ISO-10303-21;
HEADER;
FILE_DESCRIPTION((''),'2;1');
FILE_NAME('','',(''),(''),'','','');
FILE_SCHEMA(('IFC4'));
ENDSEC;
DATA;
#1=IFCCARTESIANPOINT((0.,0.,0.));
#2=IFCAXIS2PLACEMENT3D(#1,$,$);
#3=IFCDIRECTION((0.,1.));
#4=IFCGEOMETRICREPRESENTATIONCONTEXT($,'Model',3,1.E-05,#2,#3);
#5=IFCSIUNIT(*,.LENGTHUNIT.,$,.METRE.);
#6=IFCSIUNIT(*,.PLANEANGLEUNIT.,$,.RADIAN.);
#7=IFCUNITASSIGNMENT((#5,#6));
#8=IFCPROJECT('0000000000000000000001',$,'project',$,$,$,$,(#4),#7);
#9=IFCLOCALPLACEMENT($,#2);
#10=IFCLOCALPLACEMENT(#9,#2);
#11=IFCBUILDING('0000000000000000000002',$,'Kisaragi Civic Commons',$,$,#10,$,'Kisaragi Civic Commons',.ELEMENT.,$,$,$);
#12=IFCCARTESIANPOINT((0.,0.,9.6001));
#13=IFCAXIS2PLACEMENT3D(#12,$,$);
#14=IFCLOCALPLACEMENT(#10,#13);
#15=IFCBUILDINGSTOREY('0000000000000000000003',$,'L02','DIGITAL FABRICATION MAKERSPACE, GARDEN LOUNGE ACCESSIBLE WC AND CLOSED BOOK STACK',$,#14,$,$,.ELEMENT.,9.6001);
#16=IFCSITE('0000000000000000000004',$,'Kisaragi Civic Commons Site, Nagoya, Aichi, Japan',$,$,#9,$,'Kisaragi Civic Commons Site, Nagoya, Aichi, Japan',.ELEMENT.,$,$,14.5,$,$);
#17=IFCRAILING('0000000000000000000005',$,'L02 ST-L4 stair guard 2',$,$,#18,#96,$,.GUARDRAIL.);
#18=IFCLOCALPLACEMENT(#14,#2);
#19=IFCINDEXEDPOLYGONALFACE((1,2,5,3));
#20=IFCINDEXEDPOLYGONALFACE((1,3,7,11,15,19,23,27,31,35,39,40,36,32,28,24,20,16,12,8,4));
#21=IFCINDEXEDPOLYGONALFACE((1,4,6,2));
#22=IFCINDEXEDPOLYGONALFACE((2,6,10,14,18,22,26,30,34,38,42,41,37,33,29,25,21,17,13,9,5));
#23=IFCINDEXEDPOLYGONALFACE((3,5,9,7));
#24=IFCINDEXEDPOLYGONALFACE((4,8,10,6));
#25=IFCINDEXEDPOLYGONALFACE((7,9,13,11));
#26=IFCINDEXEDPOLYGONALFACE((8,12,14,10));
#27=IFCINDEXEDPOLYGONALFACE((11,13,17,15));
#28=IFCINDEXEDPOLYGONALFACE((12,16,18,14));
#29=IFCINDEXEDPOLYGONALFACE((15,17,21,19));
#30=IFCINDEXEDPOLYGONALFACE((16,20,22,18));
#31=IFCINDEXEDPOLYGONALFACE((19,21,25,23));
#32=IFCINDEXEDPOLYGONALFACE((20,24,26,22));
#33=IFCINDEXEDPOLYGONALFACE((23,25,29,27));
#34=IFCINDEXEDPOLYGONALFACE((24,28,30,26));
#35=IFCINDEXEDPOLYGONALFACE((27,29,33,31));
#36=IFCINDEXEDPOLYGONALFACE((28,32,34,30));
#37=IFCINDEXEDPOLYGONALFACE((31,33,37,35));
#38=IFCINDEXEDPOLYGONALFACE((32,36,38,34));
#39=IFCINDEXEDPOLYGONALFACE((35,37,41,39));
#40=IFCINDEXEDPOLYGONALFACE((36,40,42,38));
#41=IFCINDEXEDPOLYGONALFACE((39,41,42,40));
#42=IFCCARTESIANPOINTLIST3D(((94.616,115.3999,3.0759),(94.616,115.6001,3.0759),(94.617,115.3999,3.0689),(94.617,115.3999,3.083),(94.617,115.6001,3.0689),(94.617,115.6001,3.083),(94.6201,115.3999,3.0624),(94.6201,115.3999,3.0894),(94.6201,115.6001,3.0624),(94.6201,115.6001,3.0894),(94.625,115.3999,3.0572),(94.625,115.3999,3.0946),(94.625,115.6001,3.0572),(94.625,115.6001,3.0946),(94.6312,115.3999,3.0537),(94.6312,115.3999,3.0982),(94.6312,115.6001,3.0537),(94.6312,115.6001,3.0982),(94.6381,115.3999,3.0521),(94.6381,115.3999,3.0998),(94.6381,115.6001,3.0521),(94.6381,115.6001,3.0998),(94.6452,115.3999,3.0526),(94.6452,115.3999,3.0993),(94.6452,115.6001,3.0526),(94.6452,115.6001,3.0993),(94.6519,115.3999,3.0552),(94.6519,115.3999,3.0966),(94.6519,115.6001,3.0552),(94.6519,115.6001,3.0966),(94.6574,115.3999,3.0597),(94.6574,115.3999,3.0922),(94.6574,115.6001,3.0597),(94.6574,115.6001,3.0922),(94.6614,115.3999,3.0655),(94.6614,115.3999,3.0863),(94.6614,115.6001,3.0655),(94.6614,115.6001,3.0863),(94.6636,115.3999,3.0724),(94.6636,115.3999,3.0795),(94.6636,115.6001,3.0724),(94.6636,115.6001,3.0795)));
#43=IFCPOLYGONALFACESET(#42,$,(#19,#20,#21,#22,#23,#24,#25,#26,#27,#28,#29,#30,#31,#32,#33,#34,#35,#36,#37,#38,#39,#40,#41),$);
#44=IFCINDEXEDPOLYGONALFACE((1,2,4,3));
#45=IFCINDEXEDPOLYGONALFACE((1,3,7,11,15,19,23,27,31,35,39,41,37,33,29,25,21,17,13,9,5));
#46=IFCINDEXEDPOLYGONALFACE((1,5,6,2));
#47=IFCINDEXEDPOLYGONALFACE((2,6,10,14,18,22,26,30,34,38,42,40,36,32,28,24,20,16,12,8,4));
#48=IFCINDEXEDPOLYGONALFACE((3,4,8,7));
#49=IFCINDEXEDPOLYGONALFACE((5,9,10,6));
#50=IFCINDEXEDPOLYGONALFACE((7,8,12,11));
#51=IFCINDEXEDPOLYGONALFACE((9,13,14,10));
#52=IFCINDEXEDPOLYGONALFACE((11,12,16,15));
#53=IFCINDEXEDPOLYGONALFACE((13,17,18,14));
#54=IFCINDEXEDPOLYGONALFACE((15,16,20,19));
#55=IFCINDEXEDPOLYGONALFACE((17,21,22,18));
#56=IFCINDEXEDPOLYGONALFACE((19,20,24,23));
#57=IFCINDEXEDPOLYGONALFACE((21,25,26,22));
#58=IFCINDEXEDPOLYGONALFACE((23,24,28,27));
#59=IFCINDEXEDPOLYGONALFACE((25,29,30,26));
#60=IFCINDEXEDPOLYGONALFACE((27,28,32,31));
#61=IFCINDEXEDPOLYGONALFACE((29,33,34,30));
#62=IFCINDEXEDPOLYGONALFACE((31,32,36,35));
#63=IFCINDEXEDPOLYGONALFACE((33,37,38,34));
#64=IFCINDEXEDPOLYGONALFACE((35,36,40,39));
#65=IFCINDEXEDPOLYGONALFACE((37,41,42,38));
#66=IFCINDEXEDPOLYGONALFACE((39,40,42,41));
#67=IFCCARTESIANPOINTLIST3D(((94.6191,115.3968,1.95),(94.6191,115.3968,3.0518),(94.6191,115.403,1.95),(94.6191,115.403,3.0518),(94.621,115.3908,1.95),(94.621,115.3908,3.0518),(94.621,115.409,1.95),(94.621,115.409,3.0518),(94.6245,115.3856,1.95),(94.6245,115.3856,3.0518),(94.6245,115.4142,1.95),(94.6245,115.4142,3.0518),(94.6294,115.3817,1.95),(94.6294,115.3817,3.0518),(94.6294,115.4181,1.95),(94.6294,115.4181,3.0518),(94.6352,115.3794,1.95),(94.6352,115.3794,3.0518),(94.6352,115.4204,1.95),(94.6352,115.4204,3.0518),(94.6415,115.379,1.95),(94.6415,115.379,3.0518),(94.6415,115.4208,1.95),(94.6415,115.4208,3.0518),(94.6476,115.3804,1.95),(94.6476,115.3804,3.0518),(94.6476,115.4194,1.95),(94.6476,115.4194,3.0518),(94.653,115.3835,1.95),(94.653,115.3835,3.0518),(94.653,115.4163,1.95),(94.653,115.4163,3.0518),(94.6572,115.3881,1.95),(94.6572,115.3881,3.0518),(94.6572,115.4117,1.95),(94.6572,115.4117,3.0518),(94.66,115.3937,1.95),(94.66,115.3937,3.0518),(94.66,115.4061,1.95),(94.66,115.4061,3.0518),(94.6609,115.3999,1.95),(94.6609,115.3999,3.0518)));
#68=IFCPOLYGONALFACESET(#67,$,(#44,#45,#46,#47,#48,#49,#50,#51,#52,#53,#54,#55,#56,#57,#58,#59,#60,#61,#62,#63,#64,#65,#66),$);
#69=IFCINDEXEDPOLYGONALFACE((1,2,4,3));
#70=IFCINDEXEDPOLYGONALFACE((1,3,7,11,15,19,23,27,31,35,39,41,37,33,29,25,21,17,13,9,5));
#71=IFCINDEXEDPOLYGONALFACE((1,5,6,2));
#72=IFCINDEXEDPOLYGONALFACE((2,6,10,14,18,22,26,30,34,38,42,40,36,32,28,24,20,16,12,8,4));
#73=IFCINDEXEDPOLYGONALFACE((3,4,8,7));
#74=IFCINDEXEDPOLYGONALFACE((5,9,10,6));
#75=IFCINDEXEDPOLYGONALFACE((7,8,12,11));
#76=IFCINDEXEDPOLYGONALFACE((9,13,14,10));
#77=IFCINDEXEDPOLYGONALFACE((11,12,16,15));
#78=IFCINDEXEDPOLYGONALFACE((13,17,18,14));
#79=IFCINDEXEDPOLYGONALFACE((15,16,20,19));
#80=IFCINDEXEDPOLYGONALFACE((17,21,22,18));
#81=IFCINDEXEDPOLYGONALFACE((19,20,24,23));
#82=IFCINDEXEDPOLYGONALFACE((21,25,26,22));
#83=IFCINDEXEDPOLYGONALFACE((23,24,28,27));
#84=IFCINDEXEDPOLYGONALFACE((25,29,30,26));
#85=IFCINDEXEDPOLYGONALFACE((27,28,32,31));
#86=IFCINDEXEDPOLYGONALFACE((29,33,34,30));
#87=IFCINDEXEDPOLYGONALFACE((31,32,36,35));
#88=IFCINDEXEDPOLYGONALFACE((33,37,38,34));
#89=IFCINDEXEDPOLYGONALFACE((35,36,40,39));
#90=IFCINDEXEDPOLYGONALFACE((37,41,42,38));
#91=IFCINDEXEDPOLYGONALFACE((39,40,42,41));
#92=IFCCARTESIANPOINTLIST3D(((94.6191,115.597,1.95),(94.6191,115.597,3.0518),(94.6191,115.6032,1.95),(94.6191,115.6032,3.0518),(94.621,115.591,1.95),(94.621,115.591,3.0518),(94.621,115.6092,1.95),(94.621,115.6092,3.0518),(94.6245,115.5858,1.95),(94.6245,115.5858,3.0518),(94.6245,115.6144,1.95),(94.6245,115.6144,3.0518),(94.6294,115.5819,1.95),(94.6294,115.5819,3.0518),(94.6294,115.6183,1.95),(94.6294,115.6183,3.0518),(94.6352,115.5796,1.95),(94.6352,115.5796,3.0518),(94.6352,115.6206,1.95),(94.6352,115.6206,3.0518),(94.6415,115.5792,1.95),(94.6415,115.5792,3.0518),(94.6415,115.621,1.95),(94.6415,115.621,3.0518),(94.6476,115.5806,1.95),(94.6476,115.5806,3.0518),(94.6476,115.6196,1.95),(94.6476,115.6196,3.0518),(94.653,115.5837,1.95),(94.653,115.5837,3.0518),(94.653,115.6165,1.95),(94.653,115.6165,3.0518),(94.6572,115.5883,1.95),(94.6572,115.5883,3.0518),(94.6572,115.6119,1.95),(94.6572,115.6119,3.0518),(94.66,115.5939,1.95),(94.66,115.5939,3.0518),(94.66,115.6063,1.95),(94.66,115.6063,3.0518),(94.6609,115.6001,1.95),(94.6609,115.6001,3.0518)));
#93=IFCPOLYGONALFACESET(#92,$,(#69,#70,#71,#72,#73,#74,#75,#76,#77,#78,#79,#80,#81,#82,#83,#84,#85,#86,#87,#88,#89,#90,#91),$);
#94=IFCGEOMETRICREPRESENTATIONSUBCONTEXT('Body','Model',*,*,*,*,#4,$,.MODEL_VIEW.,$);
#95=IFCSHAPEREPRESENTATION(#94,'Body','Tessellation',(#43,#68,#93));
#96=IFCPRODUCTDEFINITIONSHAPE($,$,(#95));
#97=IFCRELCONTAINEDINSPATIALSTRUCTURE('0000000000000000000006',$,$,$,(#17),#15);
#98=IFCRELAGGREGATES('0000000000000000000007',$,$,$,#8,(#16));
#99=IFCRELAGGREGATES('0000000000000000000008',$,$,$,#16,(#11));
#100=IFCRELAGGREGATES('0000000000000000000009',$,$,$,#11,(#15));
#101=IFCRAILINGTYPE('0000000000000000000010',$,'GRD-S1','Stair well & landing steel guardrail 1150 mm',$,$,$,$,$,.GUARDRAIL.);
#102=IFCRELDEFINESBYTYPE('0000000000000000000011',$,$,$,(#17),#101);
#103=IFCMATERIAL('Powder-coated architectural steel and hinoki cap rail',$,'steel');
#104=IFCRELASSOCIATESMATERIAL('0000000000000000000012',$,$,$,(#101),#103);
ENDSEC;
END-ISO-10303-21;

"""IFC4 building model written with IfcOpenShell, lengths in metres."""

from ifc_helpers import new_model, si_unit, direction, frame, origin, origin_2d, place, context, subcontext, project, spatial, circle, extrude, material, type_object, element, save


model = new_model("IFC4")

# Units and contexts
model_context = context("Model", 3, precision=1e-05, world=origin(), true_north=direction((0.0, 1.0)))
body_context = subcontext(model_context, "Body", "Model", "MODEL_VIEW")
ifc_project = project(units=[si_unit("LENGTHUNIT", "METRE"), si_unit("PLANEANGLEUNIT", "RADIAN")], contexts=[model_context])

# Site, building, storey
site_placement = place(None, origin())
site = spatial("IfcSite", under=ifc_project, at=site_placement, Name="Kisaragi Civic Commons Site, Nagoya, Aichi, Japan", LongName="Kisaragi Civic Commons Site, Nagoya, Aichi, Japan", CompositionType="ELEMENT", RefElevation=14.5)
building_placement = place(site_placement, origin())
building = spatial("IfcBuilding", under=site, at=building_placement, Name="Kisaragi Civic Commons", LongName="Kisaragi Civic Commons", CompositionType="ELEMENT")
storey_placement = place(building_placement, frame((0.0, 0.0, 9.6001)))
storey = spatial("IfcBuildingStorey", under=building, at=storey_placement, Name="L02", Description="DIGITAL FABRICATION MAKERSPACE, GARDEN LOUNGE ACCESSIBLE WC AND CLOSED BOOK STACK", CompositionType="ELEMENT", Elevation=9.6001)

# Railing
ifc_material_1 = material(Name="Powder-coated architectural steel and hinoki cap rail", Category="steel")
railing_type_1 = type_object("IfcRailingType", Name="GRD-S1", Description="Stair well & landing steel guardrail 1150 mm", PredefinedType="GUARDRAIL", material=ifc_material_1)
railing_1_placement = place(storey_placement, frame((94.6399, 115.3999, 1.95)))
element("IfcRailing", 1, at=railing_1_placement, inside=storey, type_object=railing_type_1, Name="L02 ST-L4 stair guard 2", PredefinedType="GUARDRAIL", context=body_context, shape_type="SweptSolid", body=[
    extrude(circle(Radius=0.0239, at=origin_2d()), frame((0.0, 0.0, 1.126), z_axis=(0.0, 1.0, 0.0), x_axis=(-1.0, 0.0, 0.0)), (0.0, 0.0, 1.0), 0.2002),
    extrude(circle(Radius=0.021, at=origin_2d()), origin(), (0.0, 0.0, 1.0), 1.1018),
    extrude(circle(Radius=0.021, at=origin_2d()), frame((0.0, 0.2002, 0.0)), (0.0, 0.0, 1.0), 1.1018),
])

save(model, "model.ifc")
